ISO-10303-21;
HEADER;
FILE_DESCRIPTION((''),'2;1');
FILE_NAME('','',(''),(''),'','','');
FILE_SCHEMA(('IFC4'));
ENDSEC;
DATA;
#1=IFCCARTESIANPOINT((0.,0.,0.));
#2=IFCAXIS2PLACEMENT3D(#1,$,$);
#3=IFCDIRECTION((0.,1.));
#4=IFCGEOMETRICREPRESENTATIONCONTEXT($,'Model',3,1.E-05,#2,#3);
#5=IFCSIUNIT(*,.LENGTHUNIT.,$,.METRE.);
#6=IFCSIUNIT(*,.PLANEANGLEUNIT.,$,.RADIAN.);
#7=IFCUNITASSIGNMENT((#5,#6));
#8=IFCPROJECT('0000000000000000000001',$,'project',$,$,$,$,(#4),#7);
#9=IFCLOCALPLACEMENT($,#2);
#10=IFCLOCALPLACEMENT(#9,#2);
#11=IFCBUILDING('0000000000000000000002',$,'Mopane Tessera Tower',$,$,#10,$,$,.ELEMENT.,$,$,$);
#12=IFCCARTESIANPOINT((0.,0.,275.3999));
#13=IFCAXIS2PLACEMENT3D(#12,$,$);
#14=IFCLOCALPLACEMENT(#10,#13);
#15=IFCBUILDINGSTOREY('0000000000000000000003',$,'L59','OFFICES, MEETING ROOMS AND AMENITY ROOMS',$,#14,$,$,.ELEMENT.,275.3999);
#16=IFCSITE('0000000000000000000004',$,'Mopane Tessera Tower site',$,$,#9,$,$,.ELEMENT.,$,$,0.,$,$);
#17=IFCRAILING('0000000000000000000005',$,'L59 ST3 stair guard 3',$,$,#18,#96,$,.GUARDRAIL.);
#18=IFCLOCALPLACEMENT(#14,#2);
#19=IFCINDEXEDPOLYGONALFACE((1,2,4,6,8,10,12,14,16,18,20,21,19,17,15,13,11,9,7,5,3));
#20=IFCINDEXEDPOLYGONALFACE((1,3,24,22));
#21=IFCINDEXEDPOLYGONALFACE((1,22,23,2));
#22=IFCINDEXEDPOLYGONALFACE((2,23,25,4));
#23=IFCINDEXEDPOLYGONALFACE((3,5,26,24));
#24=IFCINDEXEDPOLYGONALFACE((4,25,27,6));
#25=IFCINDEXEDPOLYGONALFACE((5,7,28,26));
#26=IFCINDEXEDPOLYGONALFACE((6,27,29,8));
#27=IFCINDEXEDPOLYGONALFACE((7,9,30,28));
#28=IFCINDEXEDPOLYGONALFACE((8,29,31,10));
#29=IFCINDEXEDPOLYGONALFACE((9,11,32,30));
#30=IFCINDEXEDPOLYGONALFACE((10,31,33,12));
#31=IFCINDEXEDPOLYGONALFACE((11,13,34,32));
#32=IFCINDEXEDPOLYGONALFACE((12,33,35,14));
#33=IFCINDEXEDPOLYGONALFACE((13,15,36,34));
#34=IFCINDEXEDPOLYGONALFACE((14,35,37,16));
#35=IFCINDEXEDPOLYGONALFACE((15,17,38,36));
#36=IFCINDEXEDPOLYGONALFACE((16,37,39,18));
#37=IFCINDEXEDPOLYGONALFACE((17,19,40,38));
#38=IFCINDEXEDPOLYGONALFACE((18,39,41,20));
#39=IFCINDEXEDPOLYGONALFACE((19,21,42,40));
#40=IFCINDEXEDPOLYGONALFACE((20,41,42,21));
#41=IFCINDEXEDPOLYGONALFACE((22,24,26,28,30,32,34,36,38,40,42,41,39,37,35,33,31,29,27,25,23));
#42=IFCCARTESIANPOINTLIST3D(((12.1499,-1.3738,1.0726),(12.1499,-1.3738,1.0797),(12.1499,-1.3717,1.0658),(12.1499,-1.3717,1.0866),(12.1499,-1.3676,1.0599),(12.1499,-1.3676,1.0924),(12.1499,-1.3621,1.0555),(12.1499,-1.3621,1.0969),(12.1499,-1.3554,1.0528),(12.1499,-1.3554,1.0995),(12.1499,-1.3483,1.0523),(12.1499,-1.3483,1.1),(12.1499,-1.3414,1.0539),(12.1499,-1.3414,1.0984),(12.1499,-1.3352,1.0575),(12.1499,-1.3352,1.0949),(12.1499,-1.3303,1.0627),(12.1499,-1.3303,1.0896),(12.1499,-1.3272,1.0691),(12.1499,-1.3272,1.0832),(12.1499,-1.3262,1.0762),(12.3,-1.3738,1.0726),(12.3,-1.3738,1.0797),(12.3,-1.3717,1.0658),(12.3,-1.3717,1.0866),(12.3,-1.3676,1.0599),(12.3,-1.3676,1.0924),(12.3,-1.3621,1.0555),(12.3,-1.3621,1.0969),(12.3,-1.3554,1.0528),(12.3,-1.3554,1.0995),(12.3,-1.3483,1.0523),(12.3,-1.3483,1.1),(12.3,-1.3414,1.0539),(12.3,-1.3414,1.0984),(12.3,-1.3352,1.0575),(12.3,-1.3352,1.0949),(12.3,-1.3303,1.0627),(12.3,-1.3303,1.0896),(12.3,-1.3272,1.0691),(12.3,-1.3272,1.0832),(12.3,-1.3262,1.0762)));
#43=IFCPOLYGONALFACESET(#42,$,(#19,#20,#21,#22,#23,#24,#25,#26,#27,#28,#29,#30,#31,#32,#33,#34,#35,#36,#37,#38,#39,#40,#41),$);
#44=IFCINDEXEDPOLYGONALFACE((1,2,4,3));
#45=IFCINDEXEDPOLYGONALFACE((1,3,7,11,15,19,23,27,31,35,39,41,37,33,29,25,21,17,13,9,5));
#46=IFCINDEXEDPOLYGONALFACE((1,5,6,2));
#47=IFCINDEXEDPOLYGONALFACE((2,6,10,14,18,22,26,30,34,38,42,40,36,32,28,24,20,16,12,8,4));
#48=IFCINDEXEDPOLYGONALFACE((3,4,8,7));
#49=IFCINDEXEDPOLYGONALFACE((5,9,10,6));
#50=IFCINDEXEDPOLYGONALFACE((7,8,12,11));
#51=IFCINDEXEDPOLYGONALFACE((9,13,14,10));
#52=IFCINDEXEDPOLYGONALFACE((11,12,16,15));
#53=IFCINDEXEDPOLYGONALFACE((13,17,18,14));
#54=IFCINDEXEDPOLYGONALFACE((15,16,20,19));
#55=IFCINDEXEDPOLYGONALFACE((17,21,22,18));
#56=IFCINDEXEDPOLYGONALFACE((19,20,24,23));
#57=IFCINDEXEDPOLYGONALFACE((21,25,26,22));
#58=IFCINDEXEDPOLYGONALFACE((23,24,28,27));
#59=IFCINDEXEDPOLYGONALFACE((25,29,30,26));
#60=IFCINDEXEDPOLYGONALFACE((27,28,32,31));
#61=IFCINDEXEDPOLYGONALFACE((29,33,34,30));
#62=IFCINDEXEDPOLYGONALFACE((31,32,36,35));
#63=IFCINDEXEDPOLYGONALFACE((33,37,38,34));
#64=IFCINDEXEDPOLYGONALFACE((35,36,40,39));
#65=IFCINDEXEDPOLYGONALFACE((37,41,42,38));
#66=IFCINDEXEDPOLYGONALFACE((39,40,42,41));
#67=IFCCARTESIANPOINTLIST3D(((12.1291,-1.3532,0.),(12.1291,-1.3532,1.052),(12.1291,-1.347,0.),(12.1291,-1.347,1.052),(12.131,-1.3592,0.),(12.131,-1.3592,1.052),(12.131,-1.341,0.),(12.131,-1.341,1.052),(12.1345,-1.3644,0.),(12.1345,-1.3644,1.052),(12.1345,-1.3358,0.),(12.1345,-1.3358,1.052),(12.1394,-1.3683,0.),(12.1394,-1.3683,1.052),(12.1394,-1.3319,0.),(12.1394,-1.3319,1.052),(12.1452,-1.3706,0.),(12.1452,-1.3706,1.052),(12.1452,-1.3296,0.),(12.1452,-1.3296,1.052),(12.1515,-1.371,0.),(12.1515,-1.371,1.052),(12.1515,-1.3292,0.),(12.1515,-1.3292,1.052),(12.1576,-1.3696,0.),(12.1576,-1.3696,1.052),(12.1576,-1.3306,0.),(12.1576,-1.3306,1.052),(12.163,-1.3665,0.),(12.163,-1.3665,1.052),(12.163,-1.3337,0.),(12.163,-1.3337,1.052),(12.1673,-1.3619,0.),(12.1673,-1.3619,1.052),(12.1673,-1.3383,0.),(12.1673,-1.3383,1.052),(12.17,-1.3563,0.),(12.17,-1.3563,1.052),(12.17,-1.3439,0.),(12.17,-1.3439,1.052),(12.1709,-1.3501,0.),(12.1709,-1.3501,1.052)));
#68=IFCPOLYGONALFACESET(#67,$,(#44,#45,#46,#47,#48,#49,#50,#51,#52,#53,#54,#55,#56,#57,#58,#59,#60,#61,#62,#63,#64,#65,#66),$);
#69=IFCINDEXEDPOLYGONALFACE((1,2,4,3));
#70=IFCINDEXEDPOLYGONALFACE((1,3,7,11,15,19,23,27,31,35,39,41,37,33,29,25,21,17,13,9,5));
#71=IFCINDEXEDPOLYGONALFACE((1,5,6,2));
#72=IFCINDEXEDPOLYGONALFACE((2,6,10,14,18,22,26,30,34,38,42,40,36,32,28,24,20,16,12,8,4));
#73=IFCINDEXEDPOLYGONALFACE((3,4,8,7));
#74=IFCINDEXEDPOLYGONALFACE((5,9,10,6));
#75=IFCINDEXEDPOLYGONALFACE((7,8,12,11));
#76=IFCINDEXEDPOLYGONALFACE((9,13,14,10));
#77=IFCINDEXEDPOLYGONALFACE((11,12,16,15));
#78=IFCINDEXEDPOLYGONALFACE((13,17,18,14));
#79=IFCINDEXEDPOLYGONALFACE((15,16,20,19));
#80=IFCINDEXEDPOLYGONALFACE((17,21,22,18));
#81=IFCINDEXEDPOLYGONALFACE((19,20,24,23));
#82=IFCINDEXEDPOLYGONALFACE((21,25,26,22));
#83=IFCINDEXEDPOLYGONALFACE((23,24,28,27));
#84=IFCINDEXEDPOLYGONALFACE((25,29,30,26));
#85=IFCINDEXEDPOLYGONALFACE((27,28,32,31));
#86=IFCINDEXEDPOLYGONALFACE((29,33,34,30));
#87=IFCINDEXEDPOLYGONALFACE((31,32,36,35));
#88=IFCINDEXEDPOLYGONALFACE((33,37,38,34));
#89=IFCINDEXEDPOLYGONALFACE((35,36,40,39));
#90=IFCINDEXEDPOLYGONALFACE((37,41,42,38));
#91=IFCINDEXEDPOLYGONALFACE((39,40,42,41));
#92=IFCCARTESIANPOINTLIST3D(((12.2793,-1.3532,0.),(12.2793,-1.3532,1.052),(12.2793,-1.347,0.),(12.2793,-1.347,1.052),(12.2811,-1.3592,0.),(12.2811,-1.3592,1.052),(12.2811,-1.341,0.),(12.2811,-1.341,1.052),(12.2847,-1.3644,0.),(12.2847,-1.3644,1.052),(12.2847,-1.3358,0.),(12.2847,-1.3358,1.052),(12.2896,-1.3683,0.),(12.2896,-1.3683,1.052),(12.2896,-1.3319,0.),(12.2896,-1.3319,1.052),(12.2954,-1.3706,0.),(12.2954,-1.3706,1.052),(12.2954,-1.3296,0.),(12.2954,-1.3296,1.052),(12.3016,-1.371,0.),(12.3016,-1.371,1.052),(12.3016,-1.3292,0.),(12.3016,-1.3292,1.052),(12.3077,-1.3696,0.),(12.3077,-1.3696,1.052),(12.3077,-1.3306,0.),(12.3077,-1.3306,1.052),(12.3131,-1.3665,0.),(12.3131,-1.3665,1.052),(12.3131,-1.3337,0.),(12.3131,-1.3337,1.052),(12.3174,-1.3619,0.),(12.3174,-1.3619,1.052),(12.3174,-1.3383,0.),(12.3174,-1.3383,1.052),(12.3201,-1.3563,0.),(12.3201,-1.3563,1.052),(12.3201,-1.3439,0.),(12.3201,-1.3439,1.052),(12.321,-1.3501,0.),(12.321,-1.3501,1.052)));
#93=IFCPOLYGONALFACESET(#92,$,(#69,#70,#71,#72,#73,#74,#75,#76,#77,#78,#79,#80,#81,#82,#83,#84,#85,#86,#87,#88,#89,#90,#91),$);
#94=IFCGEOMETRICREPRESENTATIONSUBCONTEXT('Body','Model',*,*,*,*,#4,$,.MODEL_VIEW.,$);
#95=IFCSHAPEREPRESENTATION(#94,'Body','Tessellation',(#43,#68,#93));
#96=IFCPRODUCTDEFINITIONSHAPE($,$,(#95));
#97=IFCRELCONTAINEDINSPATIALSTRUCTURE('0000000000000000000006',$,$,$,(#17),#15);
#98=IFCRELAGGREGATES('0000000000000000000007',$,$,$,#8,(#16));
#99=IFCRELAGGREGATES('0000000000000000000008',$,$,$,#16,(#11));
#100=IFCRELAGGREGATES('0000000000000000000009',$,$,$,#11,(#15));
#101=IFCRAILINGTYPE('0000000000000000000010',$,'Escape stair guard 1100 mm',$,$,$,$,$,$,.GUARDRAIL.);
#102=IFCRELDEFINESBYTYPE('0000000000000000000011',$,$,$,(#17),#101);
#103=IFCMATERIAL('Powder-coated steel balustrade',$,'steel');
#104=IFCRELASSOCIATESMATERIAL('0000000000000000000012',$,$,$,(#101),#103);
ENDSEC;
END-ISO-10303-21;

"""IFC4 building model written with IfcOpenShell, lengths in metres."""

from ifc_helpers import new_model, si_unit, direction, frame, origin, origin_2d, place, context, subcontext, project, spatial, circle, extrude, material, type_object, element, save


model = new_model("IFC4")

# Units and contexts
model_context = context("Model", 3, precision=1e-05, world=origin(), true_north=direction((0.0, 1.0)))
body_context = subcontext(model_context, "Body", "Model", "MODEL_VIEW")
ifc_project = project(units=[si_unit("LENGTHUNIT", "METRE"), si_unit("PLANEANGLEUNIT", "RADIAN")], contexts=[model_context])

# Site, building, storey
site_placement = place(None, origin())
site = spatial("IfcSite", under=ifc_project, at=site_placement, Name="Mopane Tessera Tower site", CompositionType="ELEMENT", RefElevation=0.0)
building_placement = place(site_placement, origin())
building = spatial("IfcBuilding", under=site, at=building_placement, Name="Mopane Tessera Tower", CompositionType="ELEMENT")
storey_placement = place(building_placement, frame((0.0, 0.0, 275.3999)))
storey = spatial("IfcBuildingStorey", under=building, at=storey_placement, Name="L59", Description="OFFICES, MEETING ROOMS AND AMENITY ROOMS", CompositionType="ELEMENT", Elevation=275.3999)

# Railing
ifc_material_1 = material(Name="Powder-coated steel balustrade", Category="steel")
railing_type_1 = type_object("IfcRailingType", Name="Escape stair guard 1100 mm", PredefinedType="GUARDRAIL", material=ifc_material_1)
railing_1_placement = place(storey_placement, frame((12.1499, -1.3501, 0.0)))
element("IfcRailing", 1, at=railing_1_placement, inside=storey, type_object=railing_type_1, Name="L59 ST3 stair guard 3", PredefinedType="GUARDRAIL", context=body_context, shape_type="SweptSolid", body=[
    extrude(circle(Radius=0.0239, at=origin_2d()), frame((0.0, 0.0, 1.0762), z_axis=(1.0, 0.0, 0.0), x_axis=(0.0, 1.0, 0.0)), (0.0, 0.0, 1.0), 0.1501),
    extrude(circle(Radius=0.021, at=origin_2d()), origin(), (0.0, 0.0, 1.0), 1.052),
    extrude(circle(Radius=0.021, at=origin_2d()), frame((0.1501, 0.0, 0.0)), (0.0, 0.0, 1.0), 1.052),
])

save(model, "model.ifc")
